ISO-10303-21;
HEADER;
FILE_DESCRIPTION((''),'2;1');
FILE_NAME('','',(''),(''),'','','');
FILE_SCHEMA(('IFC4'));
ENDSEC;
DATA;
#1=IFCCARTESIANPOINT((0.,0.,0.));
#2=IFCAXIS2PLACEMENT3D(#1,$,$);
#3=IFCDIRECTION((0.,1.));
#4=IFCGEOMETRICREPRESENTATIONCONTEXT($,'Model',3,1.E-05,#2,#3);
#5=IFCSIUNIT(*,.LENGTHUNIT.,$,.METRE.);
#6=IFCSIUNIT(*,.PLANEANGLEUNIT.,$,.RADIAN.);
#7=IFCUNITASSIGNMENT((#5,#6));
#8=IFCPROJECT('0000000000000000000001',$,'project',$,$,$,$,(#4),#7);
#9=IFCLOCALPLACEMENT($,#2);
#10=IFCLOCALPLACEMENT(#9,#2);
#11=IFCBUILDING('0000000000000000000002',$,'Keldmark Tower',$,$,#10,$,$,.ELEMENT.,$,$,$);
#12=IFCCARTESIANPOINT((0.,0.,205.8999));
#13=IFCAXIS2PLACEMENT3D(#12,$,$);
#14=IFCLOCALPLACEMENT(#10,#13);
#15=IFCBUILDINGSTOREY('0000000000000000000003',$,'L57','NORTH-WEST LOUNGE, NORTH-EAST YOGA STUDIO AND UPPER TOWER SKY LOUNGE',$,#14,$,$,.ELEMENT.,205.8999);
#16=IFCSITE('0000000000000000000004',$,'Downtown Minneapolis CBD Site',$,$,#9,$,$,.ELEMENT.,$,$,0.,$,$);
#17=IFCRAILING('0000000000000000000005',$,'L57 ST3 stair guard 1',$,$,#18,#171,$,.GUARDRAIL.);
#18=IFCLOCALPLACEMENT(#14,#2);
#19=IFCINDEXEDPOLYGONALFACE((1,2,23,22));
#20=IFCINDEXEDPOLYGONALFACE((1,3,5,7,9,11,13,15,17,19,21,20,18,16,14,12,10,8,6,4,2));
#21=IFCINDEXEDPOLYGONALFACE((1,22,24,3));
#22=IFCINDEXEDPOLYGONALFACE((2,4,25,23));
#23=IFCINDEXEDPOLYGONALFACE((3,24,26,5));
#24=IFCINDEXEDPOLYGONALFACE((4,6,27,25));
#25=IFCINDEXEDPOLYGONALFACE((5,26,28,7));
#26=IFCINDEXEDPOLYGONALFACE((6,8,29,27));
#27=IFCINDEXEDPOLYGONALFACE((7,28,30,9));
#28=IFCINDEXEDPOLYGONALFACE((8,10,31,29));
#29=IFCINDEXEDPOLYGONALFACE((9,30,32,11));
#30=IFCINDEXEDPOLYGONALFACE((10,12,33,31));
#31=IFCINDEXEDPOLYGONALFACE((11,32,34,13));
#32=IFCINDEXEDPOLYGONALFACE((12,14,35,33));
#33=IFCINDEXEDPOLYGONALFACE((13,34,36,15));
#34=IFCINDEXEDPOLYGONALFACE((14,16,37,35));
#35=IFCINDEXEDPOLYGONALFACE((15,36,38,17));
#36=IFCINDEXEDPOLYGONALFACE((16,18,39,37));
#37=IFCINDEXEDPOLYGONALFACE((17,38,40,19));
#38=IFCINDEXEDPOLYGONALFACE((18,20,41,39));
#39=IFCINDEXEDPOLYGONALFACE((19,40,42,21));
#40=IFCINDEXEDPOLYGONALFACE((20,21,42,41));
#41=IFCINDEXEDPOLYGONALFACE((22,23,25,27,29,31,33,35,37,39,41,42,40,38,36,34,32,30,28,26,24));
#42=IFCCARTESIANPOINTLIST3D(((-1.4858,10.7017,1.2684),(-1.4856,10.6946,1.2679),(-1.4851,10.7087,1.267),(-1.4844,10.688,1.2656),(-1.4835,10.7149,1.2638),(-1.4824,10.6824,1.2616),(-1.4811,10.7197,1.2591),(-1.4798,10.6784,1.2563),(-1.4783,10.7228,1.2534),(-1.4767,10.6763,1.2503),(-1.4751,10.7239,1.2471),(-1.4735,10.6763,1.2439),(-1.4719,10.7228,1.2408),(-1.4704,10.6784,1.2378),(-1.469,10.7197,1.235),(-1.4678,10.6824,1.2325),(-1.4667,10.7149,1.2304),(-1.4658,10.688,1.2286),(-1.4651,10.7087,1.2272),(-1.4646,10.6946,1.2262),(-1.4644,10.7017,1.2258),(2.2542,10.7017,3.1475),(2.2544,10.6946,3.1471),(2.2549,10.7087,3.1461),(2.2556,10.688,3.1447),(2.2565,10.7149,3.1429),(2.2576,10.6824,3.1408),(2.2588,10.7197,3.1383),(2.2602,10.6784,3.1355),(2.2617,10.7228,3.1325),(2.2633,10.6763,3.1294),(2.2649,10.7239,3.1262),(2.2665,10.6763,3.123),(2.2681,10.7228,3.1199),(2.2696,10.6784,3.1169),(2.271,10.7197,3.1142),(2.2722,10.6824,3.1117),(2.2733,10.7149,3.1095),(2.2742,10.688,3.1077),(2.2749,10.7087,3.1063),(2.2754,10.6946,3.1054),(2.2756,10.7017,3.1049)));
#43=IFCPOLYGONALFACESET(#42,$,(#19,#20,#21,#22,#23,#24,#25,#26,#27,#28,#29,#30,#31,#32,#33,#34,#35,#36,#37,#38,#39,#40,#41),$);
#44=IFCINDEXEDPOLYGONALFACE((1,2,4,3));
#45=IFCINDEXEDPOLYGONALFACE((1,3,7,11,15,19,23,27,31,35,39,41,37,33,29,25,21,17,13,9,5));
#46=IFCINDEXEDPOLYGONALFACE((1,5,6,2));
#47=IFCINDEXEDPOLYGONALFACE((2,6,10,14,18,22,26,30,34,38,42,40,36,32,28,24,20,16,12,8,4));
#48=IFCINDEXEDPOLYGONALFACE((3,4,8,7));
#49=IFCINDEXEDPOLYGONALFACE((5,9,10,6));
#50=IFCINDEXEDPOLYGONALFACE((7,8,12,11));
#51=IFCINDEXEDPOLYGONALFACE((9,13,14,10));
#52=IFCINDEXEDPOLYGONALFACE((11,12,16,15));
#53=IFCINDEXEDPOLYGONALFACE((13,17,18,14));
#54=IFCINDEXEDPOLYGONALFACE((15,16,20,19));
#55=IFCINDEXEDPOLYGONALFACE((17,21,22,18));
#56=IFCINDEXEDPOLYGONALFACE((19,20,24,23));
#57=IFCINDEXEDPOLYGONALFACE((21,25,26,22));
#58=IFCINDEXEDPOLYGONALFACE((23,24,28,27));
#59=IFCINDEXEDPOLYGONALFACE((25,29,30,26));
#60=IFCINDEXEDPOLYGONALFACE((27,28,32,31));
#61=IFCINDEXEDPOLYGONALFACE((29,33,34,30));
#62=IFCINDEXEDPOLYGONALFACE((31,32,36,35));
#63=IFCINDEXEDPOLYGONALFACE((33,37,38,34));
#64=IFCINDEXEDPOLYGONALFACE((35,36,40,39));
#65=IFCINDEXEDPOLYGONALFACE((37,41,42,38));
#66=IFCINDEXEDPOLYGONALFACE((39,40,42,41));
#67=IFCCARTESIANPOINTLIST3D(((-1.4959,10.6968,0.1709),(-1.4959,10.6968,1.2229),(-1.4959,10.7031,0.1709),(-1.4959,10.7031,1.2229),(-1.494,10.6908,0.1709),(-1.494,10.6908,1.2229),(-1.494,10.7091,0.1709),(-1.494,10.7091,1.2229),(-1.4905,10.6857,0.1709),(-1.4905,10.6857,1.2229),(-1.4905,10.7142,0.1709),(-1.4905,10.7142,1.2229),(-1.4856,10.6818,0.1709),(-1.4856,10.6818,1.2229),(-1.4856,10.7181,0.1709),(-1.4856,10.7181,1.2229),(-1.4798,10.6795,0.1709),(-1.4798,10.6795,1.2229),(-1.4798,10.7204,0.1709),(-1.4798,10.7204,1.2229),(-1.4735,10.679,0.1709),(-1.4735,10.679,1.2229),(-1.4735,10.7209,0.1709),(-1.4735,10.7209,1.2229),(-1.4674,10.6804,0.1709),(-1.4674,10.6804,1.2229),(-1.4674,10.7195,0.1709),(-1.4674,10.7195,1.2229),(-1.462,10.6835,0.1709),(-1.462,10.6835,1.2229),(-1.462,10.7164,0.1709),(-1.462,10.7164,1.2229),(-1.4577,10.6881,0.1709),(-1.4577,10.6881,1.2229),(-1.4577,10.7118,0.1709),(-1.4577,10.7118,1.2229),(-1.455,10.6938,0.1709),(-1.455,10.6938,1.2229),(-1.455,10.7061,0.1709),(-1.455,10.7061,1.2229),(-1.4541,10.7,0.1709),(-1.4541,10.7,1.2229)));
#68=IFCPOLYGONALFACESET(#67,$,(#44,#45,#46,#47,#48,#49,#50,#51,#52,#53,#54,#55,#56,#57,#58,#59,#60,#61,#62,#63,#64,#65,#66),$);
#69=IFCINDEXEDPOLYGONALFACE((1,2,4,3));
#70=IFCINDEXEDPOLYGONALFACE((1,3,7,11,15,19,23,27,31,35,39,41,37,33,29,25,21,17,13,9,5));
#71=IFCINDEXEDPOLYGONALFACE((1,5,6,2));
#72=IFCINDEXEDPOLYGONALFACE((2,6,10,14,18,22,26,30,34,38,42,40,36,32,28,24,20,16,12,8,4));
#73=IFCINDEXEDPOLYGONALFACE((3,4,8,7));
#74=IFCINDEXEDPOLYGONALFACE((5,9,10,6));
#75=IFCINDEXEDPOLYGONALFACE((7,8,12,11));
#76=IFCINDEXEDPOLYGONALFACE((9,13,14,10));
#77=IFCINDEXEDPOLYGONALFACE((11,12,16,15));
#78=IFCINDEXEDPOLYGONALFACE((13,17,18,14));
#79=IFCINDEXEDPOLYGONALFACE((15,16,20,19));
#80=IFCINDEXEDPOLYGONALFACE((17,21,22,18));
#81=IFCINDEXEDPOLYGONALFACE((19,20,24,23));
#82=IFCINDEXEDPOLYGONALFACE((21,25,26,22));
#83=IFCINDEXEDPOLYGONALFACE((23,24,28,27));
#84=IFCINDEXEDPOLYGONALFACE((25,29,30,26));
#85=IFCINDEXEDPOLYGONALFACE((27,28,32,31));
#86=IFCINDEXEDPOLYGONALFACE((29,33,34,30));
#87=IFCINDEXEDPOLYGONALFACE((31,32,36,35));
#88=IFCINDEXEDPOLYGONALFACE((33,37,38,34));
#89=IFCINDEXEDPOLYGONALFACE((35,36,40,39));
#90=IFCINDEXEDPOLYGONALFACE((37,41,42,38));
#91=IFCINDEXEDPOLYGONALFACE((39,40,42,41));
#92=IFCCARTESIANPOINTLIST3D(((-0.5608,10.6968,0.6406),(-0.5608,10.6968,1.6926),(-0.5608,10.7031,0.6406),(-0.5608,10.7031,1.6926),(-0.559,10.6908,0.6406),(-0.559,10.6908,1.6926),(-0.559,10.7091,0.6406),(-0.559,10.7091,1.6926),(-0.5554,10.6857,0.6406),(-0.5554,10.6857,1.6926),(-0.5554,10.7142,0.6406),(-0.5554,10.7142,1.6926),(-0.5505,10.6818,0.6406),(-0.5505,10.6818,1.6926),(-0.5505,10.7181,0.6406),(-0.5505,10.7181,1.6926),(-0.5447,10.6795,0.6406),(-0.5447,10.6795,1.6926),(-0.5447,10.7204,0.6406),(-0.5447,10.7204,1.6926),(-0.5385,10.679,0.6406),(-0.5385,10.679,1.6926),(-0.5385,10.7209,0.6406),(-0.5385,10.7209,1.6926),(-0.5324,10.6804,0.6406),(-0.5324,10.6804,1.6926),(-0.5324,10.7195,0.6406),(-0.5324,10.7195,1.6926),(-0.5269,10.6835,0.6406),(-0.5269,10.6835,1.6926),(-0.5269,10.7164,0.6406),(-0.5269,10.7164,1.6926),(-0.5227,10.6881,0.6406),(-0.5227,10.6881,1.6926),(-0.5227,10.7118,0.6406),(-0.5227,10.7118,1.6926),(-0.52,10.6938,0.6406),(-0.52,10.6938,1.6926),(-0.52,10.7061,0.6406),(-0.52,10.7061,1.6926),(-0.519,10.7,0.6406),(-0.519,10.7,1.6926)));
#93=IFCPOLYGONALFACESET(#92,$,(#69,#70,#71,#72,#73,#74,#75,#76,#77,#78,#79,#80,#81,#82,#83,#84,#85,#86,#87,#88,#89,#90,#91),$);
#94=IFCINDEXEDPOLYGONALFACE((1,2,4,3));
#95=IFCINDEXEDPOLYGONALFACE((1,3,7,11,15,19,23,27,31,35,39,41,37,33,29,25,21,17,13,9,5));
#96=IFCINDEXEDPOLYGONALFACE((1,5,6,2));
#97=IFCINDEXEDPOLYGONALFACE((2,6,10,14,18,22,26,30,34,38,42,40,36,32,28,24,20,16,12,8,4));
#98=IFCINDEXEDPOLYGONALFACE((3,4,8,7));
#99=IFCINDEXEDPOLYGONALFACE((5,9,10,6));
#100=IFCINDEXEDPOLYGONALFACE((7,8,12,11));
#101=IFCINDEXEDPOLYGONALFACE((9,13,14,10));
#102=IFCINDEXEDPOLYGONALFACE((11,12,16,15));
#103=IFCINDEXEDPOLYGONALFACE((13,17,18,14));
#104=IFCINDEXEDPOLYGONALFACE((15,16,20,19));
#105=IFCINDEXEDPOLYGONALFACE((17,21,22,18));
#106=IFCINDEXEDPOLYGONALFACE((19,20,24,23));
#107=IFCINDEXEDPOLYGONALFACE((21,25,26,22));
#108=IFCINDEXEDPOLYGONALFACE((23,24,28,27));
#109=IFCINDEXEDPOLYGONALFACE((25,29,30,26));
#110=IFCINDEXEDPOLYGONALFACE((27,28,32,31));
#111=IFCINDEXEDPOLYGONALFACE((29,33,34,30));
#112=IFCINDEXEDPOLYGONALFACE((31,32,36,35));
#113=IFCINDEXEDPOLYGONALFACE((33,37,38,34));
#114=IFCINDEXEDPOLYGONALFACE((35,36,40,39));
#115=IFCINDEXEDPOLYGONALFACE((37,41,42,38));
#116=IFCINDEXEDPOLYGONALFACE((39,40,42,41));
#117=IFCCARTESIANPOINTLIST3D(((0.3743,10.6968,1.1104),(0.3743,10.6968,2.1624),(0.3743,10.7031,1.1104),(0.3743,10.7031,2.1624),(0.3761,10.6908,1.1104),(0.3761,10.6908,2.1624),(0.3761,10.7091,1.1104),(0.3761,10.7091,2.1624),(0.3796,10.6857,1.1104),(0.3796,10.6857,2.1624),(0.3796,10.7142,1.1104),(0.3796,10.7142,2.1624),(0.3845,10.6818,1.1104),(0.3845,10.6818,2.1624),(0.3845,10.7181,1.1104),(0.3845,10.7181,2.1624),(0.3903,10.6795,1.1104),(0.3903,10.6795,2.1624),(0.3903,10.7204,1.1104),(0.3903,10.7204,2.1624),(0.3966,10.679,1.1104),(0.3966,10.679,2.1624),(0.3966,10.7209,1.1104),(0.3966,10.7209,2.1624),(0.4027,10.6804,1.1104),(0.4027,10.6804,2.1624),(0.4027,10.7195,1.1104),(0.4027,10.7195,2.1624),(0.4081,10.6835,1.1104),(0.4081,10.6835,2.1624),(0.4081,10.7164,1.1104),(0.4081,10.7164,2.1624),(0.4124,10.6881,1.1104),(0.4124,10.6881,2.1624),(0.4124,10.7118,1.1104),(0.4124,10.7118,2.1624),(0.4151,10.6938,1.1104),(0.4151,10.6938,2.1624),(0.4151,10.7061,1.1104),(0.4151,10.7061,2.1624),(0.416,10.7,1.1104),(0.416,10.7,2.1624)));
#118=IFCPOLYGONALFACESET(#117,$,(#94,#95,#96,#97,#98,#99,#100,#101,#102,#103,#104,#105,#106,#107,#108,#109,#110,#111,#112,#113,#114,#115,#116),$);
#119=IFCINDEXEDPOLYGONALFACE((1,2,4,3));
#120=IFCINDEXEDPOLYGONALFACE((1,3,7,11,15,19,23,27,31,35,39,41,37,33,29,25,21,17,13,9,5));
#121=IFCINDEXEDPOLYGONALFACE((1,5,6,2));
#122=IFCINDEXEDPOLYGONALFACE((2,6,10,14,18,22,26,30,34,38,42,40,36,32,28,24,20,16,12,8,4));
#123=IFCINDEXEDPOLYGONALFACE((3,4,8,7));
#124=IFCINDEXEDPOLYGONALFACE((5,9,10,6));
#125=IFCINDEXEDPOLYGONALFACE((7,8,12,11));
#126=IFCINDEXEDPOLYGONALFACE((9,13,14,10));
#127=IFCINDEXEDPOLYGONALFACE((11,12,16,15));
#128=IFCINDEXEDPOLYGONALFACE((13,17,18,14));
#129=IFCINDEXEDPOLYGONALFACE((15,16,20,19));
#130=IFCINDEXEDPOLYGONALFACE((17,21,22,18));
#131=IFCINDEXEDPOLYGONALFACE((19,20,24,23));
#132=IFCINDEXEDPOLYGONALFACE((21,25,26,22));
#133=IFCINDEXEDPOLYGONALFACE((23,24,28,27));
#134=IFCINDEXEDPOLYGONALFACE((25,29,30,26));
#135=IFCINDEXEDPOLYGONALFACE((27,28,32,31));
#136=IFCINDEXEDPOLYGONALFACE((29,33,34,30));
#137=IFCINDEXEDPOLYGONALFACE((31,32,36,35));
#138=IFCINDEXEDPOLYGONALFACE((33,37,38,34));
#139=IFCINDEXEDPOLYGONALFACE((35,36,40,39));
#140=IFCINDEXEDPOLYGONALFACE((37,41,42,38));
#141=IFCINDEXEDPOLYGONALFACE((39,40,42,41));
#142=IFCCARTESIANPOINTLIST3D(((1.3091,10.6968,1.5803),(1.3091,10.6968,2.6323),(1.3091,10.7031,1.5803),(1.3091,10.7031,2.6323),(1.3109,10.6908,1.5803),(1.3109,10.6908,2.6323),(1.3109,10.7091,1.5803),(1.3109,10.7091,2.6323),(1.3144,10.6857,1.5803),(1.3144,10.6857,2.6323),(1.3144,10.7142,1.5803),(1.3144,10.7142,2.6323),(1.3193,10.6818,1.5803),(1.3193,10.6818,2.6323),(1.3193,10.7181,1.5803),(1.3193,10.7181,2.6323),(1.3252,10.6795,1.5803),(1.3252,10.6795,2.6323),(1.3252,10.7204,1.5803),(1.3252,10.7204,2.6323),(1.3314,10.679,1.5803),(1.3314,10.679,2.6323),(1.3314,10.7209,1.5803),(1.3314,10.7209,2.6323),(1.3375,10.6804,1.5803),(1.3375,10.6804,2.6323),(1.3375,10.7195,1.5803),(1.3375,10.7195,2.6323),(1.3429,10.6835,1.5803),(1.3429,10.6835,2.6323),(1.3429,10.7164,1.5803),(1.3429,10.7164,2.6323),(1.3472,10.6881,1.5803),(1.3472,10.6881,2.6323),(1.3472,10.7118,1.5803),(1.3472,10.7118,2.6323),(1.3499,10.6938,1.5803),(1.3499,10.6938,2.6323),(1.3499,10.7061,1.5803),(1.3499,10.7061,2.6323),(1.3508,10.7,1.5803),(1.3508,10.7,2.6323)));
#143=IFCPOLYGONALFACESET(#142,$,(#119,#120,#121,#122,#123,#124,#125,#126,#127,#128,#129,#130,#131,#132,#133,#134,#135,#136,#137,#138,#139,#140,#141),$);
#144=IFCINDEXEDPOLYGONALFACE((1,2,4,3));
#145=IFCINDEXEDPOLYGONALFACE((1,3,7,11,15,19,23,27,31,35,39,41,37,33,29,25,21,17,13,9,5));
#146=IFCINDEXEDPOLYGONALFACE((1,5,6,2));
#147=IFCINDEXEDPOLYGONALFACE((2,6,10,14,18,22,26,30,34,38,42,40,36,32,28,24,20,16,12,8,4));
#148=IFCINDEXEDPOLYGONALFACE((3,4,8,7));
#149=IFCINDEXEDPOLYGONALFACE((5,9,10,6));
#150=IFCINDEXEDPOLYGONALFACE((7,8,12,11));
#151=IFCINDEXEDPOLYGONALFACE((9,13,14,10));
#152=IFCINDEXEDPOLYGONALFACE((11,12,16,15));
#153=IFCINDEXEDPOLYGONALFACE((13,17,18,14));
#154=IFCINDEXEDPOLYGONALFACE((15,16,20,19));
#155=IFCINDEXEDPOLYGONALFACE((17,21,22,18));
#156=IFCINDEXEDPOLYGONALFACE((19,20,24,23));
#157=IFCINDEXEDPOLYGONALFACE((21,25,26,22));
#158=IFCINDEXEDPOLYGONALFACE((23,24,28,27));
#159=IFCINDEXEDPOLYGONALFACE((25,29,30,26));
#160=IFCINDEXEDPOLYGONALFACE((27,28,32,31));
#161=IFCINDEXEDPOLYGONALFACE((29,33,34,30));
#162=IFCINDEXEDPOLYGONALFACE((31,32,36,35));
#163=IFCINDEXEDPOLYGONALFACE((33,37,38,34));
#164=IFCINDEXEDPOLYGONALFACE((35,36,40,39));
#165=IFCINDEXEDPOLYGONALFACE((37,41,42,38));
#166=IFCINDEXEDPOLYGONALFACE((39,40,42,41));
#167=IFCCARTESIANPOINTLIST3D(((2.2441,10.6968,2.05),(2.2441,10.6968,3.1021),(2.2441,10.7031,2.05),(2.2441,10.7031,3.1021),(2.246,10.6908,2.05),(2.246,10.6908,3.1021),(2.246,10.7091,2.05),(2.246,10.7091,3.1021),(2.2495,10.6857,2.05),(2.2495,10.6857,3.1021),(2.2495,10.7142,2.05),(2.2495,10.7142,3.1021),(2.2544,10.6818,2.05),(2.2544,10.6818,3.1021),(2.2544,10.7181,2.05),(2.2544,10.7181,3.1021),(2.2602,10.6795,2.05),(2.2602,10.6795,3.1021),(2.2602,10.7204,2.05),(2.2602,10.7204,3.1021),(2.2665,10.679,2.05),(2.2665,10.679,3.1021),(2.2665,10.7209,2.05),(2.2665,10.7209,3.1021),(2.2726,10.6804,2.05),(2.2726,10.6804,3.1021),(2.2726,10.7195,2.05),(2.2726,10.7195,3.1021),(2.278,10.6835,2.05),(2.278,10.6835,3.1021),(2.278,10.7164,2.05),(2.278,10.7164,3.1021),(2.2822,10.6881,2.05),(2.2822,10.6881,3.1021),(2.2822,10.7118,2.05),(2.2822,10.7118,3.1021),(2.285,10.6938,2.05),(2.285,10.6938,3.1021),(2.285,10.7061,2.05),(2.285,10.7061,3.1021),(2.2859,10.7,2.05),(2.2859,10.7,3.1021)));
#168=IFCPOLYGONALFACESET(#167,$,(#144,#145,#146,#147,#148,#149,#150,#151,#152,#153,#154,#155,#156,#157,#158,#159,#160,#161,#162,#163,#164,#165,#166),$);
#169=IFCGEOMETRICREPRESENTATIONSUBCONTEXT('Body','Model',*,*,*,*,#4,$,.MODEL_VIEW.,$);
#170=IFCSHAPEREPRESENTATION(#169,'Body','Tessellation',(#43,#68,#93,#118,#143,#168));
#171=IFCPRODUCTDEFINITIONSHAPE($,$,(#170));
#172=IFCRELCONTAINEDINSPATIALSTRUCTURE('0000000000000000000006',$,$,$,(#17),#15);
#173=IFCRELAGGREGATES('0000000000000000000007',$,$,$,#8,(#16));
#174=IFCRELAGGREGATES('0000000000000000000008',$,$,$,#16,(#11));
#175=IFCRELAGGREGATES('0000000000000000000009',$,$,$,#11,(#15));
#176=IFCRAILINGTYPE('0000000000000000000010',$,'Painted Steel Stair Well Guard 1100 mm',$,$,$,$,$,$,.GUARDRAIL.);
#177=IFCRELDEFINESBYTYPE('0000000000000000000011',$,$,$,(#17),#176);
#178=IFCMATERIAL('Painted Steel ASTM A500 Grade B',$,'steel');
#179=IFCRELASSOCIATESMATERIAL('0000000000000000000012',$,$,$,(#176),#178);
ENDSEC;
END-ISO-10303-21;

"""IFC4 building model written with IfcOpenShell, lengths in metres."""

from ifc_helpers import new_model, si_unit, direction, frame, origin, origin_2d, place, context, subcontext, project, spatial, circle, extrude, material, type_object, element, save


model = new_model("IFC4")

# Units and contexts
model_context = context("Model", 3, precision=1e-05, world=origin(), true_north=direction((0.0, 1.0)))
body_context = subcontext(model_context, "Body", "Model", "MODEL_VIEW")
ifc_project = project(units=[si_unit("LENGTHUNIT", "METRE"), si_unit("PLANEANGLEUNIT", "RADIAN")], contexts=[model_context])

# Site, building, storey
site_placement = place(None, origin())
site = spatial("IfcSite", under=ifc_project, at=site_placement, Name="Downtown Minneapolis CBD Site", CompositionType="ELEMENT", RefElevation=0.0)
building_placement = place(site_placement, origin())
building = spatial("IfcBuilding", under=site, at=building_placement, Name="Keldmark Tower", CompositionType="ELEMENT")
storey_placement = place(building_placement, frame((0.0, 0.0, 205.8999)))
storey = spatial("IfcBuildingStorey", under=building, at=storey_placement, Name="L57", Description="NORTH-WEST LOUNGE, NORTH-EAST YOGA STUDIO AND UPPER TOWER SKY LOUNGE", CompositionType="ELEMENT", Elevation=205.8999)

# Railing
ifc_material_1 = material(Name="Painted Steel ASTM A500 Grade B", Category="steel")
railing_type_1 = type_object("IfcRailingType", Name="Painted Steel Stair Well Guard 1100 mm", PredefinedType="GUARDRAIL", material=ifc_material_1)
railing_1_placement = place(storey_placement, frame((-1.4751, 10.7, 0.1709)))
element("IfcRailing", 1, at=railing_1_placement, inside=storey, type_object=railing_type_1, Name="L57 ST3 stair guard 1", PredefinedType="GUARDRAIL", context=body_context, shape_type="SweptSolid", body=[
    extrude(circle(Radius=0.0239, at=origin_2d()), frame((0.0, 0.0, 1.0762), z_axis=(0.893551, 0.0, 0.448963), x_axis=(0.0, 1.0, 0.0)), (0.0, 0.0, 1.0), 4.1855),
    extrude(circle(Radius=0.021, at=origin_2d()), origin(), (0.0, 0.0, 1.0), 1.052),
    extrude(circle(Radius=0.021, at=origin_2d()), frame((0.9351, 0.0, 0.4697)), (0.0, 0.0, 1.0), 1.052),
    extrude(circle(Radius=0.021, at=origin_2d()), frame((1.8701, 0.0, 0.9395)), (0.0, 0.0, 1.0), 1.052),
    extrude(circle(Radius=0.021, at=origin_2d()), frame((2.8049, 0.0, 1.4094)), (0.0, 0.0, 1.0), 1.052),
    extrude(circle(Radius=0.021, at=origin_2d()), frame((3.74, 0.0, 1.8792)), (0.0, 0.0, 1.0), 1.052),
])

save(model, "model.ifc")
